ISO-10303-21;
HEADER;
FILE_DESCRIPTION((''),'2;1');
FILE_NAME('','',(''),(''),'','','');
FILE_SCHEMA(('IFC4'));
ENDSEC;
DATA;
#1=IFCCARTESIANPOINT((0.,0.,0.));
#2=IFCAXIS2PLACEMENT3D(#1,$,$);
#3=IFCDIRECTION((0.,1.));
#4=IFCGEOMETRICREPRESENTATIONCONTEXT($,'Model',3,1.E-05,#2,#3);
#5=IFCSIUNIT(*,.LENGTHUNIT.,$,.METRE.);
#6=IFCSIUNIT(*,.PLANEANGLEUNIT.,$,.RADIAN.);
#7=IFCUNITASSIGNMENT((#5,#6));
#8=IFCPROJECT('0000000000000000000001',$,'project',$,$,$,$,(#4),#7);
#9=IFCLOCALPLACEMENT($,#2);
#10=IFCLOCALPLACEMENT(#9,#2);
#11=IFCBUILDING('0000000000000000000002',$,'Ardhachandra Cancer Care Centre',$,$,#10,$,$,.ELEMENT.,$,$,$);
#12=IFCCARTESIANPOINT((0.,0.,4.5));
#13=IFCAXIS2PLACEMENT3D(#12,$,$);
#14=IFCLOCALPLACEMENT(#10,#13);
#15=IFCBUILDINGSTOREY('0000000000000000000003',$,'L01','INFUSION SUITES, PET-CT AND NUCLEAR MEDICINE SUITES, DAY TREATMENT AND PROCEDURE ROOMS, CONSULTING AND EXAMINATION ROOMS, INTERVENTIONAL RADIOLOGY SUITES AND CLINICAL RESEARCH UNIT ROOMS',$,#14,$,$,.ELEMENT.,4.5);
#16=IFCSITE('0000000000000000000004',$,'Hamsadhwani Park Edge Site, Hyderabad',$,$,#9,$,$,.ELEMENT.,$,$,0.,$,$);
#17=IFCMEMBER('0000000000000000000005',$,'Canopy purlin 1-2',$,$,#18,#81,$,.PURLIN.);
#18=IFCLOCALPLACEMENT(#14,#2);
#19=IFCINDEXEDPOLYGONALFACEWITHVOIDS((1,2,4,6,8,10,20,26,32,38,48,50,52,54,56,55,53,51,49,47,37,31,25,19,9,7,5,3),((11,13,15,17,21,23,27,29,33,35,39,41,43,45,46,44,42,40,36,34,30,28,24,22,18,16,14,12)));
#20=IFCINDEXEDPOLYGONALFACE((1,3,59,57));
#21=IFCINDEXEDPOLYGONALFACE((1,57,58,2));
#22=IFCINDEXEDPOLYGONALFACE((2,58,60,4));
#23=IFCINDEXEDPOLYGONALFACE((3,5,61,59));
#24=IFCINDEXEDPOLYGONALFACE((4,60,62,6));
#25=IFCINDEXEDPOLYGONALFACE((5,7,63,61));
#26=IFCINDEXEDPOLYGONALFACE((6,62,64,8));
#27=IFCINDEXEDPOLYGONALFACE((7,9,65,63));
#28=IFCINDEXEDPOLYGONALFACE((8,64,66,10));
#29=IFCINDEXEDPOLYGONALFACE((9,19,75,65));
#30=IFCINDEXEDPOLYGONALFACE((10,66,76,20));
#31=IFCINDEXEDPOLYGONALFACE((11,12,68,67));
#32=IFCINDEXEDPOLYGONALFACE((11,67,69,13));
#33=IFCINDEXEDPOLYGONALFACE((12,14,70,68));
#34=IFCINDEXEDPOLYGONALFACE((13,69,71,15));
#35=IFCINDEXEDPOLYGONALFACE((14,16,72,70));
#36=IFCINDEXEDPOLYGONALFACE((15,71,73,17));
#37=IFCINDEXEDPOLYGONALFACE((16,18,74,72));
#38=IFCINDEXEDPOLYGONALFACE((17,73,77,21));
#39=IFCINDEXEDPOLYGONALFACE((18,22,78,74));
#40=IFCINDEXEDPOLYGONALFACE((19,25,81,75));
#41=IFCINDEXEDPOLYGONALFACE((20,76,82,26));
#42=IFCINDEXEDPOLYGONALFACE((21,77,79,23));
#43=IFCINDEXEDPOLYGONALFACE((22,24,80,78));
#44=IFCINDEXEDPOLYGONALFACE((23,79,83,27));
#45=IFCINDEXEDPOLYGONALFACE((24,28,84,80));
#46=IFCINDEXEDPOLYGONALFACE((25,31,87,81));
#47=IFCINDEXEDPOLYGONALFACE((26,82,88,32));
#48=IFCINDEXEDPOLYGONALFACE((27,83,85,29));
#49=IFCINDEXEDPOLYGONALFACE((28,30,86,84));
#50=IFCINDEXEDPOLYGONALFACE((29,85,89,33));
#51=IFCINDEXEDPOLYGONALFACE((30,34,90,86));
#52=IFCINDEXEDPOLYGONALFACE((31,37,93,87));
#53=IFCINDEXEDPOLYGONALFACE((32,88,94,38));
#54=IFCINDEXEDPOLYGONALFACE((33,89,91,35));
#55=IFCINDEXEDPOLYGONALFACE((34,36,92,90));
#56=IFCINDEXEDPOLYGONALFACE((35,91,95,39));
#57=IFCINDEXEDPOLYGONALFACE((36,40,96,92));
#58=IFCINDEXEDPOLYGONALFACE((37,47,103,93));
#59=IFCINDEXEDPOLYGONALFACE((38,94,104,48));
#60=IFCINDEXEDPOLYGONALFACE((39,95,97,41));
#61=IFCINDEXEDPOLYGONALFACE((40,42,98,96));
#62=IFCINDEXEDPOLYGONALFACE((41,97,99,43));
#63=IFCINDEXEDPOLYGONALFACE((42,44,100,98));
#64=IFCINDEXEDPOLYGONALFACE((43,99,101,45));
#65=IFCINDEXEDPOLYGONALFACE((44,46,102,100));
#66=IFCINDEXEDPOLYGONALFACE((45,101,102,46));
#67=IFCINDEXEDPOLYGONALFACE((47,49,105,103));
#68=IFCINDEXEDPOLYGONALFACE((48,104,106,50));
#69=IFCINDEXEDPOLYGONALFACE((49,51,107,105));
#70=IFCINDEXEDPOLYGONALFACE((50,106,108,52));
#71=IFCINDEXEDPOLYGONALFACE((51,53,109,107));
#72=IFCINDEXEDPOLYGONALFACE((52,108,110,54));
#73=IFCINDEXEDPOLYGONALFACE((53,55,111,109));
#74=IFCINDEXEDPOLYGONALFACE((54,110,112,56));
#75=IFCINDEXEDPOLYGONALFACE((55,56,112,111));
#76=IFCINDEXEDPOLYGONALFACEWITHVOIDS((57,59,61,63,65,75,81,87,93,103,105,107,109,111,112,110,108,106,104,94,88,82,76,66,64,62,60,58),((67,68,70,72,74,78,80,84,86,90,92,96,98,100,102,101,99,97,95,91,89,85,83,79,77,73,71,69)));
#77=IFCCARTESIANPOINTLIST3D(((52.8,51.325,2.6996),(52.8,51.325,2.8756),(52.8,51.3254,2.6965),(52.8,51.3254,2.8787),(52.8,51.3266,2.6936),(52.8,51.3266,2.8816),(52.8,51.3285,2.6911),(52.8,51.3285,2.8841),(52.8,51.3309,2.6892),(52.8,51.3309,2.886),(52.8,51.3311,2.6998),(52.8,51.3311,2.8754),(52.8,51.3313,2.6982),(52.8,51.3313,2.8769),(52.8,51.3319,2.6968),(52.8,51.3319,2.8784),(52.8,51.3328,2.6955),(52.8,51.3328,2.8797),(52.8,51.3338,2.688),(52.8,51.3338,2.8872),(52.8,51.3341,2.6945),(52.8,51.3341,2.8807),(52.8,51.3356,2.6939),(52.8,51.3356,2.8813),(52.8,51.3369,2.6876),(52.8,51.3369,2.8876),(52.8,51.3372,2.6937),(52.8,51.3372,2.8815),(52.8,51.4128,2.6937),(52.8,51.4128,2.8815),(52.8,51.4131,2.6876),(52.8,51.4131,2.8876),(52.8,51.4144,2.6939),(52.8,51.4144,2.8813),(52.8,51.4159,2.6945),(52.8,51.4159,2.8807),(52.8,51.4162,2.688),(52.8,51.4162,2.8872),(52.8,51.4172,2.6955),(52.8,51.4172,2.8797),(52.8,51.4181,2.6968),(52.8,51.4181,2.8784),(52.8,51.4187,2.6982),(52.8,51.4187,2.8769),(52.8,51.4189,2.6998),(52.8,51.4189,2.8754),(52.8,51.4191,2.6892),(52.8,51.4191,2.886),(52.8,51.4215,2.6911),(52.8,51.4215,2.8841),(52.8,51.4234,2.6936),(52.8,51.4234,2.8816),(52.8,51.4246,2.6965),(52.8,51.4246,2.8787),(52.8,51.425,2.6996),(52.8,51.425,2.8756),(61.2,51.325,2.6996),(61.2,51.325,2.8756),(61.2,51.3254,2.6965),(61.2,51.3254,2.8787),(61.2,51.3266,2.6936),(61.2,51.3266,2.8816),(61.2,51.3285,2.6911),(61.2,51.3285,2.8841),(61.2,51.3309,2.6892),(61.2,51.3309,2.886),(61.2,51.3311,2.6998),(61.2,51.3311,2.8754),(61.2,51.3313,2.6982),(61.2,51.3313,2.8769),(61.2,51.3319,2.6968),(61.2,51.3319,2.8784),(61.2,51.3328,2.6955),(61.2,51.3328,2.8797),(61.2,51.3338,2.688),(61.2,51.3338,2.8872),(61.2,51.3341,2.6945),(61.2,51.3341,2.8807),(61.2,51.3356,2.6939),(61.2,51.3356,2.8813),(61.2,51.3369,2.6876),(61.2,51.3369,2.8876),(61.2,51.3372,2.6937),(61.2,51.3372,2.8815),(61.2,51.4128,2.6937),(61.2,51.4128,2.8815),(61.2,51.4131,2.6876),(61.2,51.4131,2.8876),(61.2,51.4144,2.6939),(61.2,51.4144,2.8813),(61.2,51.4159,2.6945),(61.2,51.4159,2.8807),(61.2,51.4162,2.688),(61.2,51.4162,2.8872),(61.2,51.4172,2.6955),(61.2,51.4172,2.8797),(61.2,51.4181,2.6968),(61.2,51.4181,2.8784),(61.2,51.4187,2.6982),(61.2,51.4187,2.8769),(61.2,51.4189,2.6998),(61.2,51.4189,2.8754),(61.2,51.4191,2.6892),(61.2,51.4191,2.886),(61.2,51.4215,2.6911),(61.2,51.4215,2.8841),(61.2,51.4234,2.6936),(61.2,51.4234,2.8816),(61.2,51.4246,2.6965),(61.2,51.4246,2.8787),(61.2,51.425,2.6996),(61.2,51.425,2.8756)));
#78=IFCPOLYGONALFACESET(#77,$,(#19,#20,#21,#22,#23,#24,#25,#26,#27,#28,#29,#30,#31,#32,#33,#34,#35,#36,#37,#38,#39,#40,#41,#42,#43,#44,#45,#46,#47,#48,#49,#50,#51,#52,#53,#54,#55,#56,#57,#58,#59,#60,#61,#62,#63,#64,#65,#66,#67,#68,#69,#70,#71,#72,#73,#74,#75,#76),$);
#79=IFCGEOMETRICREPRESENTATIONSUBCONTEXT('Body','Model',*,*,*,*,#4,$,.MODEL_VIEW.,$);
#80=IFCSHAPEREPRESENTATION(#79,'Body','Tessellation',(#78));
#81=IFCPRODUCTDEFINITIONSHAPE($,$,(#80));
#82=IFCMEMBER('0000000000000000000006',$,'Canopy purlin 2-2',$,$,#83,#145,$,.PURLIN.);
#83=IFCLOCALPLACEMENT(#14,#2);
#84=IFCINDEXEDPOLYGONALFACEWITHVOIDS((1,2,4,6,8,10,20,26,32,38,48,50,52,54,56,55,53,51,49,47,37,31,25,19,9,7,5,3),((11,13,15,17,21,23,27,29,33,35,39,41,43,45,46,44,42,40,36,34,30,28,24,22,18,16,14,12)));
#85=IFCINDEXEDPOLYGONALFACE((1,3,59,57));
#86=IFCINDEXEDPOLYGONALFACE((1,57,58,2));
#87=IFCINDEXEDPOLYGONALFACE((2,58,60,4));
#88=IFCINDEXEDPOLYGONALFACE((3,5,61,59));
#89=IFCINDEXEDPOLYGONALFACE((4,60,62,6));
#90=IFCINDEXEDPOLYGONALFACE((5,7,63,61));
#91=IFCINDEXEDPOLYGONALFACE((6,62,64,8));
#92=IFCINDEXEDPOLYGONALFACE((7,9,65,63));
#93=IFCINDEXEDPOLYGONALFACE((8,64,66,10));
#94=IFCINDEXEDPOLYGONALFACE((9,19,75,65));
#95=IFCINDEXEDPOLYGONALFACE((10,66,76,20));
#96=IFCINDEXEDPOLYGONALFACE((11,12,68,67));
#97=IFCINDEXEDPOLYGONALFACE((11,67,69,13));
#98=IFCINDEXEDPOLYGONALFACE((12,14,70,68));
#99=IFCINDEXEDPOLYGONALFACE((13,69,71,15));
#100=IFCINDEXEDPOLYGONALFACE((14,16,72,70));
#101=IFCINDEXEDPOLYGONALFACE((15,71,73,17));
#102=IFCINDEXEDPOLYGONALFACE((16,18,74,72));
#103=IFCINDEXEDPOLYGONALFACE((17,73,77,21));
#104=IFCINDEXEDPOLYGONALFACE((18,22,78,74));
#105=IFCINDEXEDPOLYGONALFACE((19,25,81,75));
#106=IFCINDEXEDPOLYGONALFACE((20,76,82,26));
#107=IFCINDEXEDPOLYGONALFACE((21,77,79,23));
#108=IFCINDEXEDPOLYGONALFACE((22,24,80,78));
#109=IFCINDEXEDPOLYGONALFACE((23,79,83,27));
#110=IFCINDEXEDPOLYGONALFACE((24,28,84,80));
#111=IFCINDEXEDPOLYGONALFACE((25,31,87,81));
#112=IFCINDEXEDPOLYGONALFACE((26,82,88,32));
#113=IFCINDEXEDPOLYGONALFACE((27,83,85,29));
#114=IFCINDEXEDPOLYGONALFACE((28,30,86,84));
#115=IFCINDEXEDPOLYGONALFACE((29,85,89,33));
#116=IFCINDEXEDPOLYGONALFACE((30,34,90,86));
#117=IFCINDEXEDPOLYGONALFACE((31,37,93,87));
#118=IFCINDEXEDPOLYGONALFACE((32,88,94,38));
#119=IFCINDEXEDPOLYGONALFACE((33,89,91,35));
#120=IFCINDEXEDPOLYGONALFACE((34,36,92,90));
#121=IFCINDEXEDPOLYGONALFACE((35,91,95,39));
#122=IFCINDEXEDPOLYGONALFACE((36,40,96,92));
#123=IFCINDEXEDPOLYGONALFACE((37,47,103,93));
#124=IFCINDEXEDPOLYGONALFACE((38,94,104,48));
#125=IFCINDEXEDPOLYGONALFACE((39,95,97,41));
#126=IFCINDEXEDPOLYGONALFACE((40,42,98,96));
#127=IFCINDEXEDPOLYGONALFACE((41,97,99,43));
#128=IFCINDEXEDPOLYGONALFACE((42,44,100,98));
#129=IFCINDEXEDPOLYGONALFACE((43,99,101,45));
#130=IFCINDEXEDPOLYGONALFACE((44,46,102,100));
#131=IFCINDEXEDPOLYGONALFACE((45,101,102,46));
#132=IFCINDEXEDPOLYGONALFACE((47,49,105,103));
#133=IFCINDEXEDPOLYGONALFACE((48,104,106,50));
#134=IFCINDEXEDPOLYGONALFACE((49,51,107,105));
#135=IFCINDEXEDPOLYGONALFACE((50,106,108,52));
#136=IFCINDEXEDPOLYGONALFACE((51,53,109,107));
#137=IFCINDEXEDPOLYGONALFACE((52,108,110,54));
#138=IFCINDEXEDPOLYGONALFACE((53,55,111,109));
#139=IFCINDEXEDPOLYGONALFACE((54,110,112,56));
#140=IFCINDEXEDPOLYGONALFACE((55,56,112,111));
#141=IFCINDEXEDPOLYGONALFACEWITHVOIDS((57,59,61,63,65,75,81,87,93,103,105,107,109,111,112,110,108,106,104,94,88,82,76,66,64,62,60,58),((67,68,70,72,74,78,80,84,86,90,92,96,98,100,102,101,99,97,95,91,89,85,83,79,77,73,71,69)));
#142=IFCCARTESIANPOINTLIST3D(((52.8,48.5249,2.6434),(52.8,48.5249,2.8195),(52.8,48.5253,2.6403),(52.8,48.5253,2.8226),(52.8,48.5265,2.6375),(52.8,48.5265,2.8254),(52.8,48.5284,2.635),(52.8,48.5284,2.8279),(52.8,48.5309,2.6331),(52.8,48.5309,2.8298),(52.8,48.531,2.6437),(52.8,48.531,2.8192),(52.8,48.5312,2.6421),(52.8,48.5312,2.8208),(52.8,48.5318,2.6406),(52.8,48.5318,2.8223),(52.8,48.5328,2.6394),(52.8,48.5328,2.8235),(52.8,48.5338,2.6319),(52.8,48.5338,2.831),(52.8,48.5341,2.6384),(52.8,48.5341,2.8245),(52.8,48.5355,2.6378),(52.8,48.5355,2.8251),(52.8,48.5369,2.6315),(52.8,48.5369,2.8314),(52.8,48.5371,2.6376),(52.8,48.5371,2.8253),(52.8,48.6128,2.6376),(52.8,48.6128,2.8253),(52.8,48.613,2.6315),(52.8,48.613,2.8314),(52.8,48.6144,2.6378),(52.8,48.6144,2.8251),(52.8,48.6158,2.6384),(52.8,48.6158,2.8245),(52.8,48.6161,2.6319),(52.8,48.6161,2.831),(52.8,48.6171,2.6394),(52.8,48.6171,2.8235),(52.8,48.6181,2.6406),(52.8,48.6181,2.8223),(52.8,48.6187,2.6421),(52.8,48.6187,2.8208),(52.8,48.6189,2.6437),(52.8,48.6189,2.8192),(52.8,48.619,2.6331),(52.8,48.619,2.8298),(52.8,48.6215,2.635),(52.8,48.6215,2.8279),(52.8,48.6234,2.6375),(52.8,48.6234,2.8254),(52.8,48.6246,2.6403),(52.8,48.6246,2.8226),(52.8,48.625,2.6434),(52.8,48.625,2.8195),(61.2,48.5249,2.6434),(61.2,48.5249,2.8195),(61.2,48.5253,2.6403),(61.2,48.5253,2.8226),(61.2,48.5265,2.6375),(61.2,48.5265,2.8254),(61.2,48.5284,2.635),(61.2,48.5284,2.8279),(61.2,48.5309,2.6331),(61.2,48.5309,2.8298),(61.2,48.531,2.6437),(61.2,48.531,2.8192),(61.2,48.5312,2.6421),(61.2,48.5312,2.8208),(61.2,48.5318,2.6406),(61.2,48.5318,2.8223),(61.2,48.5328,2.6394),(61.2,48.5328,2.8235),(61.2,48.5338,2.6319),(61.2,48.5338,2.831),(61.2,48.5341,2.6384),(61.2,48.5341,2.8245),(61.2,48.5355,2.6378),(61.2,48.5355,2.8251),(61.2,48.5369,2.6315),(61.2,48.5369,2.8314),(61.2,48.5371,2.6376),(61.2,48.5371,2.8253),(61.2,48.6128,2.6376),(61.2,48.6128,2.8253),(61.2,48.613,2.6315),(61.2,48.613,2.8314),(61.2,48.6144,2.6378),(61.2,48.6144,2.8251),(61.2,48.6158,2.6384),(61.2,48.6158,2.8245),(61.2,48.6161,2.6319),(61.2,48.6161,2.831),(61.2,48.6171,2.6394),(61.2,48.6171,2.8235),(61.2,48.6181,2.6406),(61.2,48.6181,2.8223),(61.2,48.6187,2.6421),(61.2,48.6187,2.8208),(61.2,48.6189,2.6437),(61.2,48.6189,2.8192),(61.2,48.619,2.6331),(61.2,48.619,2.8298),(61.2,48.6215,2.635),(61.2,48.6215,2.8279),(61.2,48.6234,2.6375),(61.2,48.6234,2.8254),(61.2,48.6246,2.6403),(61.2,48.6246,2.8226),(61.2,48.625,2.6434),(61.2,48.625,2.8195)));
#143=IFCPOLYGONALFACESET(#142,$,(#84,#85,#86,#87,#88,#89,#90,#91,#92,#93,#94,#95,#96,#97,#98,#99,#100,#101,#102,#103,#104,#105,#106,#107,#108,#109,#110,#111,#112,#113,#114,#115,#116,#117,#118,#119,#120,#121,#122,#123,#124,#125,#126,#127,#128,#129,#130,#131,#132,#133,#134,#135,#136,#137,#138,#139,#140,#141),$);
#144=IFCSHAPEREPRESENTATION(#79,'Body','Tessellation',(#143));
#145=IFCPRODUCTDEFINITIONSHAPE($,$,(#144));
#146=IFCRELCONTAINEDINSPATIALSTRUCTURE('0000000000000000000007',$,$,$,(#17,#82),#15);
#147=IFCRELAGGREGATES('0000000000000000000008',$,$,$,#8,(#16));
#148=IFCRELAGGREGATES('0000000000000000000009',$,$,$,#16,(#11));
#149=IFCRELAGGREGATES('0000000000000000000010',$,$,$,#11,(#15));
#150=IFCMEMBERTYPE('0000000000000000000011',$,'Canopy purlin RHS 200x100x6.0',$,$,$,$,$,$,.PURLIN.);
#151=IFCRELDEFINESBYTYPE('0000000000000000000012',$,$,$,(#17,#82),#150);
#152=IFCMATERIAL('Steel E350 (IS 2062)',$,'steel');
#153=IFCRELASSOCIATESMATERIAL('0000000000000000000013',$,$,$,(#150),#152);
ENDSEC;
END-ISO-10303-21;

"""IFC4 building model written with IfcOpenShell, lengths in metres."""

from ifc_helpers import new_model, si_unit, direction, frame, origin, origin_2d, place, context, subcontext, project, spatial, hollow_rectangle, extrude, material, material_profile, profile_set, type_object, element, save


model = new_model("IFC4")

# Units and contexts
model_context = context("Model", 3, precision=1e-05, world=origin(), true_north=direction((0.0, 1.0)))
body_context = subcontext(model_context, "Body", "Model", "MODEL_VIEW")
ifc_project = project(units=[si_unit("LENGTHUNIT", "METRE"), si_unit("PLANEANGLEUNIT", "RADIAN")], contexts=[model_context])

# Site, building, storey
site_placement = place(None, origin())
site = spatial("IfcSite", under=ifc_project, at=site_placement, Name="Hamsadhwani Park Edge Site, Hyderabad", CompositionType="ELEMENT", RefElevation=0.0)
building_placement = place(site_placement, origin())
building = spatial("IfcBuilding", under=site, at=building_placement, Name="Ardhachandra Cancer Care Centre", CompositionType="ELEMENT")
storey_placement = place(building_placement, frame((0.0, 0.0, 4.5)))
storey = spatial("IfcBuildingStorey", under=building, at=storey_placement, Name="L01", Description="INFUSION SUITES, PET-CT AND NUCLEAR MEDICINE SUITES, DAY TREATMENT AND PROCEDURE ROOMS, CONSULTING AND EXAMINATION ROOMS, INTERVENTIONAL RADIOLOGY SUITES AND CLINICAL RESEARCH UNIT ROOMS", CompositionType="ELEMENT", Elevation=4.5)

# Members
ifc_material_1 = material(Name="Steel E350 (IS 2062)", Category="steel")
ifc_material_profile_1 = material_profile(ifc_material_1, hollow_rectangle(XDim=0.1001, YDim=0.2, WallThickness=0.0061, InnerFilletRadius=0.0061, OuterFilletRadius=0.012, at=origin_2d()), Name="RHS 200x100x6.0")
ifc_profile_set_1 = profile_set([ifc_material_profile_1], Name="Steel E350 (IS 2062)")
member_type_1 = type_object("IfcMemberType", Name="Canopy purlin RHS 200x100x6.0", PredefinedType="PURLIN", material=ifc_profile_set_1)
for number, where, z_axis, x_axis, name in (
    (1, (52.8, 51.375, 2.7876), (1.0, 0.0, 0.0), (0.0, 1.0, 0.0), "Canopy purlin 1-2"),
    (2, (52.8, 48.575, 2.7314), (1.0, 0.0, 0.0), (0.0, 1.0, 0.0), "Canopy purlin 2-2"),
):
    element("IfcMember", number, at=place(storey_placement, frame(where, z_axis=z_axis, x_axis=x_axis)), inside=storey, type_object=member_type_1, Name=name, PredefinedType="PURLIN", context=body_context, shape_type="SweptSolid", body=[
        extrude(hollow_rectangle(XDim=0.1001, YDim=0.2, WallThickness=0.0061, InnerFilletRadius=0.0061, OuterFilletRadius=0.012, at=origin_2d()), origin(), (0.0, 0.0, 1.0), 8.3999),
    ])

save(model, "model.ifc")
